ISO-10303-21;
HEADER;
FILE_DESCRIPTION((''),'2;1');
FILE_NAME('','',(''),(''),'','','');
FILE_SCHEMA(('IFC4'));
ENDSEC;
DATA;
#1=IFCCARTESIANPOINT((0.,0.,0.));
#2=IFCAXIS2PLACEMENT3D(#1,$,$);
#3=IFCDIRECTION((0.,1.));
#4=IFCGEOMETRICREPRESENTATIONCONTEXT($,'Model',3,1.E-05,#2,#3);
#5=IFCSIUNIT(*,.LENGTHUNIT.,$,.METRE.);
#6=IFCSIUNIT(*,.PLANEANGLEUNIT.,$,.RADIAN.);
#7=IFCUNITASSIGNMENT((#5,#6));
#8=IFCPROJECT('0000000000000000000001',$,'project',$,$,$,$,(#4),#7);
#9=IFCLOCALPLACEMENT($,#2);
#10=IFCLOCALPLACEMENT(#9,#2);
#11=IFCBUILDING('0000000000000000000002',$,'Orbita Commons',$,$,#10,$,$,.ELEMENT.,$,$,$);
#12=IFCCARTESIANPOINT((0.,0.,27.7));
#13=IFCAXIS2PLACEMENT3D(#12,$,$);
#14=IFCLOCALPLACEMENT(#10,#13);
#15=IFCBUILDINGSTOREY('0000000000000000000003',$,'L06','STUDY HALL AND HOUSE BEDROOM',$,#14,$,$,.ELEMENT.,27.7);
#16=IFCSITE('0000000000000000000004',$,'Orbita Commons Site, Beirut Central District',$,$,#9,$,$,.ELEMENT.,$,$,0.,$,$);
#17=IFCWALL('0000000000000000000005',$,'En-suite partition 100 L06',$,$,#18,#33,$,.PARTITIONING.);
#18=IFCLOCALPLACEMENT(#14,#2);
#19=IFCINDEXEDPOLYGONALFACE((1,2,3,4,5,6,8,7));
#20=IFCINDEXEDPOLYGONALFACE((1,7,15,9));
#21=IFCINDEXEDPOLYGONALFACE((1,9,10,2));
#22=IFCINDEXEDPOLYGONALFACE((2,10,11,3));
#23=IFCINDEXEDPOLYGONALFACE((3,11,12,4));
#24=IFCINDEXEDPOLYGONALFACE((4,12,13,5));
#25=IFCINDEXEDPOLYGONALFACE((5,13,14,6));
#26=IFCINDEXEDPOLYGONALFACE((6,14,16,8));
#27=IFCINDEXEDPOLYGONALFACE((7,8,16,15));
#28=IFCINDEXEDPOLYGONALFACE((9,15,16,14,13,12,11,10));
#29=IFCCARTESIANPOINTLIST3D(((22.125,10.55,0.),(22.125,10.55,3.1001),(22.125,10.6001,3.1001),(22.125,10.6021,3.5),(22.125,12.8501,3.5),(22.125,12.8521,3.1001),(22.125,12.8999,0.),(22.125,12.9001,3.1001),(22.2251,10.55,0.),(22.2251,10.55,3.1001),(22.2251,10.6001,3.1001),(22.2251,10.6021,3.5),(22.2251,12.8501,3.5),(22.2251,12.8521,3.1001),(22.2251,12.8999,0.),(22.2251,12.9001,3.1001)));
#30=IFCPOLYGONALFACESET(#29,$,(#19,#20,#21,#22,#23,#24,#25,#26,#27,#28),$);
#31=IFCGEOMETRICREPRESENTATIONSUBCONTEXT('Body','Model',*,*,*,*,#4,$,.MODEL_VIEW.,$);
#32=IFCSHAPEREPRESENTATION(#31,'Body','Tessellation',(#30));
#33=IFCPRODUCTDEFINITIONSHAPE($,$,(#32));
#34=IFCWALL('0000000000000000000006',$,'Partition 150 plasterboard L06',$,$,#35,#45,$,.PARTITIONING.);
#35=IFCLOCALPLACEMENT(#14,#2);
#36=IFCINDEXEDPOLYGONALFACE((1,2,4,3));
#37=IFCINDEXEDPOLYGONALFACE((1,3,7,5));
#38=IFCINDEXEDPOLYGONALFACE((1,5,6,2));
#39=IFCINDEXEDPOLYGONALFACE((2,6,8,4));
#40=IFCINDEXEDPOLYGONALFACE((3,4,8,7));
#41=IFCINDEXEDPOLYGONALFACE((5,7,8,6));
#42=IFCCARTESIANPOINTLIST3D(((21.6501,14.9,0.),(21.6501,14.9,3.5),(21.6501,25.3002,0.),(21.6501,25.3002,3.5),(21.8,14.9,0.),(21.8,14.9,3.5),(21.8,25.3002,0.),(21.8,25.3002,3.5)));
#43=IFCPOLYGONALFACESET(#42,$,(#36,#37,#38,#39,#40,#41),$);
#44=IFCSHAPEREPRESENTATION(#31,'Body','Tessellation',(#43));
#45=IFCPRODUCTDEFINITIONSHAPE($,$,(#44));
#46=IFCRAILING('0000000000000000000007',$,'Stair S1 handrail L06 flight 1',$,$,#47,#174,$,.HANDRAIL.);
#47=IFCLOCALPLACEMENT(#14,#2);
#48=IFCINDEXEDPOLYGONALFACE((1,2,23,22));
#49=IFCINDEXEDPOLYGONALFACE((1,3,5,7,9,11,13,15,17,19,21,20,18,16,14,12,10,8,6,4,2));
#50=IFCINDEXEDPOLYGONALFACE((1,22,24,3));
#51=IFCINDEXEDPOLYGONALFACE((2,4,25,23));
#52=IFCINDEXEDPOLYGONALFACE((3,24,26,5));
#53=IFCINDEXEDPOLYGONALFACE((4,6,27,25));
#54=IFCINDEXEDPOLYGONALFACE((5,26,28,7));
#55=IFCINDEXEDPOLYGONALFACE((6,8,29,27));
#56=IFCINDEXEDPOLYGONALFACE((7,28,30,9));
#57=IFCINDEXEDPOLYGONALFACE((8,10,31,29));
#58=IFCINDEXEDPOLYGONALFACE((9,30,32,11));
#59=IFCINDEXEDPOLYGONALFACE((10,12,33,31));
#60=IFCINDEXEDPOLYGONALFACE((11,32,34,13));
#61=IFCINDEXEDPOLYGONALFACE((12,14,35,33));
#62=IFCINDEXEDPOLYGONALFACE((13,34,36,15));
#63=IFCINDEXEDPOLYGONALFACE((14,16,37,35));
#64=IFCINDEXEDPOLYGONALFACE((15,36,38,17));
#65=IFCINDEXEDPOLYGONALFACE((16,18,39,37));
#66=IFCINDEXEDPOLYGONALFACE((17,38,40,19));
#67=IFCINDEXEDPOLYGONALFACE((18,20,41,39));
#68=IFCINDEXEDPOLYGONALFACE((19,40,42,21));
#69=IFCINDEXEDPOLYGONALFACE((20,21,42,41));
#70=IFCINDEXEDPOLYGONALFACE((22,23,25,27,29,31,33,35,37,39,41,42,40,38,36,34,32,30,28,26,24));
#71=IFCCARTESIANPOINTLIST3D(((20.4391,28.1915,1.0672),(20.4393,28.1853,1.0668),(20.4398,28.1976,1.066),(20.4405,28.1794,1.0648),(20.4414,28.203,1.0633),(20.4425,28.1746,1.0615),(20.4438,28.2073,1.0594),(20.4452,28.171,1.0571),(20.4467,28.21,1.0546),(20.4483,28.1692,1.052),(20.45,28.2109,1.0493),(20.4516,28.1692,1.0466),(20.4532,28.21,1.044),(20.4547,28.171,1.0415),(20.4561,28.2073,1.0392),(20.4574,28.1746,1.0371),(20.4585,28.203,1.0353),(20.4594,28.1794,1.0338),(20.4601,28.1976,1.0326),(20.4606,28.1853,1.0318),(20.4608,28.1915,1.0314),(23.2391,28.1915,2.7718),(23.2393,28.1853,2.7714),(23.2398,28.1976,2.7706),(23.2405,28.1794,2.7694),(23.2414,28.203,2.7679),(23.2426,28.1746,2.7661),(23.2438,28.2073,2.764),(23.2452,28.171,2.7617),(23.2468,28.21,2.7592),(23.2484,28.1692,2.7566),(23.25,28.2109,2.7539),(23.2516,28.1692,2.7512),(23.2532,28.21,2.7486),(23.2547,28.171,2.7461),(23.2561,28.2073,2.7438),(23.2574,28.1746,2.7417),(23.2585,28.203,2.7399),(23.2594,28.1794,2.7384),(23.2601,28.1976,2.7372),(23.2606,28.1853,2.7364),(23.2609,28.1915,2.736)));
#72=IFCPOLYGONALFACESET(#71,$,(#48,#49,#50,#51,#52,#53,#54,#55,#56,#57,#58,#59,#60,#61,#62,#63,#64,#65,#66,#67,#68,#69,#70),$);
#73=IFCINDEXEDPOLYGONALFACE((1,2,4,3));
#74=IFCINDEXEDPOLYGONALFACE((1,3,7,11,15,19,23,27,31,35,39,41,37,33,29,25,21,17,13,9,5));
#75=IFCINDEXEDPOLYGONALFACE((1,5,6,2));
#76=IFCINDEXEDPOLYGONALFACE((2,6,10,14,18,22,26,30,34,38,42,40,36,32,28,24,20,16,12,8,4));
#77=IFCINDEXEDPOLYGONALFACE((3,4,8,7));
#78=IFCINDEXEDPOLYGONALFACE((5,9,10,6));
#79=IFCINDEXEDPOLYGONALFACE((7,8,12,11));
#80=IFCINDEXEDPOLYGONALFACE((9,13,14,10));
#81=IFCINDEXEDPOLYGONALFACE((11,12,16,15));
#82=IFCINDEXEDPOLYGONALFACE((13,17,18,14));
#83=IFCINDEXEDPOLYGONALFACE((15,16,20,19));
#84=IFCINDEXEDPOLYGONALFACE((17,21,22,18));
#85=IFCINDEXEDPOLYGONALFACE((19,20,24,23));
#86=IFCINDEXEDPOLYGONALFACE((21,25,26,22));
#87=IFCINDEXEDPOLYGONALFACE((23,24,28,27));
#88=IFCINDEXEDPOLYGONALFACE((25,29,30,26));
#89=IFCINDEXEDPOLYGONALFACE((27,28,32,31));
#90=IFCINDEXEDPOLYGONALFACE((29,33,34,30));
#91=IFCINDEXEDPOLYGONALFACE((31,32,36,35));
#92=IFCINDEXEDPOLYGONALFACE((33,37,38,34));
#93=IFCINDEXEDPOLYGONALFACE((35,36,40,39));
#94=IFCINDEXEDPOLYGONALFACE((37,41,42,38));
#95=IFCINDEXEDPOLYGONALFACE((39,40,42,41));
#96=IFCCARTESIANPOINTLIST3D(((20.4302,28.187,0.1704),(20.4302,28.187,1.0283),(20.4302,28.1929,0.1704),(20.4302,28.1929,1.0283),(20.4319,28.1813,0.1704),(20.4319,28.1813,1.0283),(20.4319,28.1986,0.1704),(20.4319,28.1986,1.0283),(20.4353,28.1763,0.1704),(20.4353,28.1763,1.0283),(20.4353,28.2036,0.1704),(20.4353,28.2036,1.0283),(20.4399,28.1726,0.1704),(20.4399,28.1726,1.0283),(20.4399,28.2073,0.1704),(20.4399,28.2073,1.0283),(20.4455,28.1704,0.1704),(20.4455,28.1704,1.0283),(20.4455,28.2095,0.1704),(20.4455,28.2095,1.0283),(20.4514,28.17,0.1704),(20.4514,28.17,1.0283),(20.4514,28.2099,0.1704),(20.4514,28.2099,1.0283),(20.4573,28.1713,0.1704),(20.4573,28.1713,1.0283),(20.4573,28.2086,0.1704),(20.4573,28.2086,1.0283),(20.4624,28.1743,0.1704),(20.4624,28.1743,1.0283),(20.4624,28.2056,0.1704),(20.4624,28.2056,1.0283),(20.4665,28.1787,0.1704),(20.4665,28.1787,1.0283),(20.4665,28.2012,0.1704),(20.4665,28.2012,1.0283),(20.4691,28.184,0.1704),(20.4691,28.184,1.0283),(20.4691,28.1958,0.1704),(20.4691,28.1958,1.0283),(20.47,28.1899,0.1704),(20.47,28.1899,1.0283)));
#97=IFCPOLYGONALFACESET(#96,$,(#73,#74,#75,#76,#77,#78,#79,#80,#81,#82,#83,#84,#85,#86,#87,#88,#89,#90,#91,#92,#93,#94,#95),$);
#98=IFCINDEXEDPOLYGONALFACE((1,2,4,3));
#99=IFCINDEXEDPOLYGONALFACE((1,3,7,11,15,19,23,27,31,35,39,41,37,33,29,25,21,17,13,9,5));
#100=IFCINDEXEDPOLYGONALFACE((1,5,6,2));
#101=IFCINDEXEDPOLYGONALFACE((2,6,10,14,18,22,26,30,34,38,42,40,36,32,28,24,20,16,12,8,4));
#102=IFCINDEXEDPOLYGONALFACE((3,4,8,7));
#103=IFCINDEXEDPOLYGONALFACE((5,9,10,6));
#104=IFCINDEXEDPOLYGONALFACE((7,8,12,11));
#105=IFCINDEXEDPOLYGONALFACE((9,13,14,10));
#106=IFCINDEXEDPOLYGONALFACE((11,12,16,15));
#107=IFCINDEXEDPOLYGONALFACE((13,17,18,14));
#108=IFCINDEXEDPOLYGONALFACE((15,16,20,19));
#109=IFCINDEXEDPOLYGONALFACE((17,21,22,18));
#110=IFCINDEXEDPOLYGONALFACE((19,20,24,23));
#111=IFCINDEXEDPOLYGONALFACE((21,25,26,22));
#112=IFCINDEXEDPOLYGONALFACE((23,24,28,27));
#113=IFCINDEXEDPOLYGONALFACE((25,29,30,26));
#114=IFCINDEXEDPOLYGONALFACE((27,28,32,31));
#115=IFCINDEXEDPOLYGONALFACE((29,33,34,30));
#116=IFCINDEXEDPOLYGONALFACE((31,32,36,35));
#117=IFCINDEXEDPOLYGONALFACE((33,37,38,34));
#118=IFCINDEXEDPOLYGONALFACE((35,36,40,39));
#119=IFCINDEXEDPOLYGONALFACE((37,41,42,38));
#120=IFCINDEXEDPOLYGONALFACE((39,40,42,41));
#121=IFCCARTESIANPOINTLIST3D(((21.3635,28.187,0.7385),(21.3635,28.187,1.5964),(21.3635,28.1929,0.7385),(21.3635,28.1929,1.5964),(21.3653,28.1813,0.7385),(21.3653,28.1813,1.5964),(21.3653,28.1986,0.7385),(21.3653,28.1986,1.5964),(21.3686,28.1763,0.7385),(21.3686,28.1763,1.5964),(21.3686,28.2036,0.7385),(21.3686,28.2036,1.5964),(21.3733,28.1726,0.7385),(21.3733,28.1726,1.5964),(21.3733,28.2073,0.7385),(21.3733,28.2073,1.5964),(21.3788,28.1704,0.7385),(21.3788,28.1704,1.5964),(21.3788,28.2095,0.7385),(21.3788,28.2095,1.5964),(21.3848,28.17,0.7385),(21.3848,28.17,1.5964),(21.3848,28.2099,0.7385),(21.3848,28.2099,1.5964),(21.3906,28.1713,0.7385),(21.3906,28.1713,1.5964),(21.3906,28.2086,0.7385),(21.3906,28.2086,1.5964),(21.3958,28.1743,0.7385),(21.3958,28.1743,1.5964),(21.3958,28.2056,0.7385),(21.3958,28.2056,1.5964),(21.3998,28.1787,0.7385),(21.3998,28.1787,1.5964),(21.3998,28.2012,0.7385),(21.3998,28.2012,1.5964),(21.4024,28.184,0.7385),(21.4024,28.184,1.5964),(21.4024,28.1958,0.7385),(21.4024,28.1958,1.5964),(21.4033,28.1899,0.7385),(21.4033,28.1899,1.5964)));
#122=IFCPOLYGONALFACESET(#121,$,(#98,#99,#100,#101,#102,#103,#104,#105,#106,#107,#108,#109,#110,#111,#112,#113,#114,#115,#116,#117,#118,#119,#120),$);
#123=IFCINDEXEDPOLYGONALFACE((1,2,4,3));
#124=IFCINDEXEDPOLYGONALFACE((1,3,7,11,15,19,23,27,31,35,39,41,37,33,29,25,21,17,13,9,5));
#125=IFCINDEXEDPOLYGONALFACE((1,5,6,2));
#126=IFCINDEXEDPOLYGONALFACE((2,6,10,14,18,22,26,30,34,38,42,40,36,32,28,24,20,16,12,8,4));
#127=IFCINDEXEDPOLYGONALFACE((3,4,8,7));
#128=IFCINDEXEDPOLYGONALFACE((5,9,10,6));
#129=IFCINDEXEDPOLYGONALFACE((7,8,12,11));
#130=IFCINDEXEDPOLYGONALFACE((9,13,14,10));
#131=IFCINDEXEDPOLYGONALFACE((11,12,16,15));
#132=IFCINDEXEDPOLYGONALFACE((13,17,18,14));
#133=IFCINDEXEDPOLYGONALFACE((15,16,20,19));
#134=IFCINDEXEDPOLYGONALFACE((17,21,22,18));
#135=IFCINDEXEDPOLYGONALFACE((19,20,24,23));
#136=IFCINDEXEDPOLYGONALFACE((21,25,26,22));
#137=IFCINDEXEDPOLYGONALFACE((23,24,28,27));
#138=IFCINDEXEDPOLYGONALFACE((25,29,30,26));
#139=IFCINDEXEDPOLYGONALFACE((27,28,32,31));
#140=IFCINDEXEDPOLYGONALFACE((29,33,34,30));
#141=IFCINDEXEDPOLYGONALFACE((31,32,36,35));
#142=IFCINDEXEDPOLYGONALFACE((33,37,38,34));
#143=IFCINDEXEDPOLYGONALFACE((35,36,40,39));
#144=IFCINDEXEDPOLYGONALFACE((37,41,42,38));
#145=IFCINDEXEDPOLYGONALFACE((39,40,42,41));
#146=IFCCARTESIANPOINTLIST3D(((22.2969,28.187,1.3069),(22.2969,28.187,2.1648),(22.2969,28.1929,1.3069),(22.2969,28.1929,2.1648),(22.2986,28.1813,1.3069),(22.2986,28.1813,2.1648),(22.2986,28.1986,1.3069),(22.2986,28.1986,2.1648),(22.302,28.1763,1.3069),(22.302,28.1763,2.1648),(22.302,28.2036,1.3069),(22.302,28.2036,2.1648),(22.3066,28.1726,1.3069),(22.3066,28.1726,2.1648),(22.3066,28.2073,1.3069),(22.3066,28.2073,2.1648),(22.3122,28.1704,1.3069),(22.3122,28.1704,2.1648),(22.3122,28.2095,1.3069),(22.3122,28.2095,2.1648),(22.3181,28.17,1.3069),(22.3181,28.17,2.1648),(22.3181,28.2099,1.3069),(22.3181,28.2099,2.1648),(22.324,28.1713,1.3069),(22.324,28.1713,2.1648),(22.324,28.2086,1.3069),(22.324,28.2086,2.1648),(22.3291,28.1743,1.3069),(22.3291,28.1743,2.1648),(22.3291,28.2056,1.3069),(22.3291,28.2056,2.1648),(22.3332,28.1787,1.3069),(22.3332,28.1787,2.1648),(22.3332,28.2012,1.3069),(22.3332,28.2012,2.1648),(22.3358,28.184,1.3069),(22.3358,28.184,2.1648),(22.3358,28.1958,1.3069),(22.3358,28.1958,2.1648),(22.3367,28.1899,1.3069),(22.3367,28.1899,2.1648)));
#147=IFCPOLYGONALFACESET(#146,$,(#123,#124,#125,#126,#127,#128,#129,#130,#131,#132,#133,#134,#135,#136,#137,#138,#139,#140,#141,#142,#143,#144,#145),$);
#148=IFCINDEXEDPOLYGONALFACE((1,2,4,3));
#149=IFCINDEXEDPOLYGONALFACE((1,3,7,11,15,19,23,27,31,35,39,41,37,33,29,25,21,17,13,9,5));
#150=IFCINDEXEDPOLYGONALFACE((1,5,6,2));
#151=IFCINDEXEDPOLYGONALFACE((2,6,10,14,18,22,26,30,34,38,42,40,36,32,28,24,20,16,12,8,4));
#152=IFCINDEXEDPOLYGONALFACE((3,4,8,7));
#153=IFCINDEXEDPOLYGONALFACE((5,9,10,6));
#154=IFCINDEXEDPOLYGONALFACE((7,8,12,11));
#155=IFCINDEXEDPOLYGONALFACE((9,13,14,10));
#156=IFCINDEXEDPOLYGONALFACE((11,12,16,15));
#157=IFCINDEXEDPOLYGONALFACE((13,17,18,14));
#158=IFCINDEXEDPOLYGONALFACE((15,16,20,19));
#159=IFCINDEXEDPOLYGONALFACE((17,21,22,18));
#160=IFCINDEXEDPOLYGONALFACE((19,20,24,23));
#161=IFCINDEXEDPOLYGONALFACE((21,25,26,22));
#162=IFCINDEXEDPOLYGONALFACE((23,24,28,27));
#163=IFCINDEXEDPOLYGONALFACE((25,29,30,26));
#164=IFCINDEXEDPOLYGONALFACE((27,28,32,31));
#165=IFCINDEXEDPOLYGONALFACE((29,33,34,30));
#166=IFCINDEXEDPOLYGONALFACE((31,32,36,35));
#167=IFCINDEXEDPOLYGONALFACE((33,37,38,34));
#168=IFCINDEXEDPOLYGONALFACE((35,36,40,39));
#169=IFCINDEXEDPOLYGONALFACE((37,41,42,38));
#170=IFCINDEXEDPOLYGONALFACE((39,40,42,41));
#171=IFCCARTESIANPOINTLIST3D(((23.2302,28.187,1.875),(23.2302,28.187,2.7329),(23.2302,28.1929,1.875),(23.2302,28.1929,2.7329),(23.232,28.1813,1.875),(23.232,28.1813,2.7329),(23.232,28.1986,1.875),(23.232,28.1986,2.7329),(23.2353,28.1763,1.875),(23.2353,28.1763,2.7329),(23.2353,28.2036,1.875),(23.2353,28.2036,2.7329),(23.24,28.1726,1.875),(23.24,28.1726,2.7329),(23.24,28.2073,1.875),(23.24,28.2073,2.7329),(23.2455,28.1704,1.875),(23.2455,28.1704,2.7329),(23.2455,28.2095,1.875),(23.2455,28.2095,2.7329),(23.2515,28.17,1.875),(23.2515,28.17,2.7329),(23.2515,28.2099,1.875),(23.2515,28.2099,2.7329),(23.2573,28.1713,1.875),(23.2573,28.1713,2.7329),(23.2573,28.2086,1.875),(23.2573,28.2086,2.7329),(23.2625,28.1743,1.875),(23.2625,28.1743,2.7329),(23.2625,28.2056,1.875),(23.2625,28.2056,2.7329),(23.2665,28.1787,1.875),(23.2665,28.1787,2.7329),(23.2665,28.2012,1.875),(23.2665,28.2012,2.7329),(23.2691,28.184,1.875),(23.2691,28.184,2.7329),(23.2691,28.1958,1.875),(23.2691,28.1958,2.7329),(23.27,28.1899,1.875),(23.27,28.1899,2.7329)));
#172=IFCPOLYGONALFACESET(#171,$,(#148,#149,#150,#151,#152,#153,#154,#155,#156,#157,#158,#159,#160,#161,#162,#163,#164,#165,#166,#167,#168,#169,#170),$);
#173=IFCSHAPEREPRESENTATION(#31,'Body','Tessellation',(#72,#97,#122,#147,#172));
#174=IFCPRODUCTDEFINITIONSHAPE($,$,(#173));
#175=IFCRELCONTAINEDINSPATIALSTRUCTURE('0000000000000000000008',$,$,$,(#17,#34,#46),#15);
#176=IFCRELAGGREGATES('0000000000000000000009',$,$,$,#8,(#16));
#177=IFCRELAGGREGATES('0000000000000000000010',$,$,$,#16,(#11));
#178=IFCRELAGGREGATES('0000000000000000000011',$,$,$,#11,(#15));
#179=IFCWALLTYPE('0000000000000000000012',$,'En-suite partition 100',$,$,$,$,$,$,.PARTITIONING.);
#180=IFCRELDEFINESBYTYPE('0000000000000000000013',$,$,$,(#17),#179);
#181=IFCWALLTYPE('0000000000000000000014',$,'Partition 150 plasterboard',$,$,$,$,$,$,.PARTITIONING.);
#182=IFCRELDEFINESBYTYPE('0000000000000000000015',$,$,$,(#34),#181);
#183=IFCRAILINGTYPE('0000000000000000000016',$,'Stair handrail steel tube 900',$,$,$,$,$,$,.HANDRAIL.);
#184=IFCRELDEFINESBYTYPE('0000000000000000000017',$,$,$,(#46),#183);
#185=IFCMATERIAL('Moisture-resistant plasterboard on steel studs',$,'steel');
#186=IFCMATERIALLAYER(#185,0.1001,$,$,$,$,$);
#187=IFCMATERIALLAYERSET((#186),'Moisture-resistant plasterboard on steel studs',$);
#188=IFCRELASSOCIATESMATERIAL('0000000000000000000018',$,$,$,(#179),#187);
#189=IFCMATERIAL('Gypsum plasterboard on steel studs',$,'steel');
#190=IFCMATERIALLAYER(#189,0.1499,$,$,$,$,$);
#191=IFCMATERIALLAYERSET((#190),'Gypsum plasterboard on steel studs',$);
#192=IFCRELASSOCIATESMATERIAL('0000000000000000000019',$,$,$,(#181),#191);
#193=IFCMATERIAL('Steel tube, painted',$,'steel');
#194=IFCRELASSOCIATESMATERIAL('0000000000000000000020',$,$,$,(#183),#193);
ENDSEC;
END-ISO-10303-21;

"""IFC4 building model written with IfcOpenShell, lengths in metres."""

from ifc_helpers import new_model, si_unit, direction, frame, frame_2d, origin, origin_2d, place, context, subcontext, project, spatial, polyline, rectangle, circle, outline, extrude, material, layer, layer_set, type_object, element, save


model = new_model("IFC4")

# Units and contexts
model_context = context("Model", 3, precision=1e-05, world=origin(), true_north=direction((0.0, 1.0)))
body_context = subcontext(model_context, "Body", "Model", "MODEL_VIEW")
ifc_project = project(units=[si_unit("LENGTHUNIT", "METRE"), si_unit("PLANEANGLEUNIT", "RADIAN")], contexts=[model_context])

# Site, building, storey
site_placement = place(None, origin())
site = spatial("IfcSite", under=ifc_project, at=site_placement, Name="Orbita Commons Site, Beirut Central District", CompositionType="ELEMENT", RefElevation=0.0)
building_placement = place(site_placement, origin())
building = spatial("IfcBuilding", under=site, at=building_placement, Name="Orbita Commons", CompositionType="ELEMENT")
storey_placement = place(building_placement, frame((0.0, 0.0, 27.7)))
storey = spatial("IfcBuildingStorey", under=building, at=storey_placement, Name="L06", Description="STUDY HALL AND HOUSE BEDROOM", CompositionType="ELEMENT", Elevation=27.7)

# Shared definitions
ifc_material_1 = material(Name="Moisture-resistant plasterboard on steel studs", Category="steel")
ifc_layer_1 = layer(ifc_material_1, 0.1001)
ifc_layer_set_1 = layer_set([ifc_layer_1], Name="Moisture-resistant plasterboard on steel studs")
wall_type_1 = type_object("IfcWallType", Name="En-suite partition 100", PredefinedType="PARTITIONING", material=ifc_layer_set_1)

# Walls
for number, where, z_axis, x_axis, name in (
    (1, (22.175, 10.55, 0.0), (0.0, 0.0, 1.0), (0.0, 1.0, 0.0), "En-suite partition 100 L06"),
):
    element("IfcWall", number, at=place(storey_placement, frame(where, z_axis=z_axis, x_axis=x_axis)), inside=storey, type_object=wall_type_1, Name=name, PredefinedType="PARTITIONING", context=body_context, shape_type="SweptSolid", body=[
        extrude(outline(polyline([(0.0, 0.0), (2.3499, 0.0), (2.3501, 3.1001), (2.302, 3.1001), (2.3, 3.5), (0.052, 3.5), (0.05, 3.1001), (0.0, 3.1001), (0.0, 0.0)])), frame((0.0, 0.05, 0.0), z_axis=(0.0, -1.0, 0.0), x_axis=(1.0, 0.0, 0.0)), (0.0, 0.0, 1.0), 0.1001),
    ])
ifc_material_2 = material(Name="Gypsum plasterboard on steel studs", Category="steel")
ifc_layer_2 = layer(ifc_material_2, 0.1499)
ifc_layer_set_2 = layer_set([ifc_layer_2], Name="Gypsum plasterboard on steel studs")
wall_type_2 = type_object("IfcWallType", Name="Partition 150 plasterboard", PredefinedType="PARTITIONING", material=ifc_layer_set_2)
wall_1_placement = place(storey_placement, frame((21.7251, 14.8999, 0.0), z_axis=(0.0, 0.0, 1.0), x_axis=(0.0, 1.0, 0.0)))
element("IfcWall", 2, at=wall_1_placement, inside=storey, type_object=wall_type_2, Name="Partition 150 plasterboard L06", PredefinedType="PARTITIONING", context=body_context, shape_type="SweptSolid", body=[
    extrude(rectangle(XDim=10.4001, YDim=0.1499, at=frame_2d((5.2002, 0.0))), origin(), (0.0, 0.0, 1.0), 3.5),
])

# Railing
ifc_material_3 = material(Name="Steel tube, painted", Category="steel")
railing_type = type_object("IfcRailingType", Name="Stair handrail steel tube 900", PredefinedType="HANDRAIL", material=ifc_material_3)
for number, where, name in (
    (3, (20.45, 28.1899, 0.1704), "Stair S1 handrail L06 flight 1"),
):
    element("IfcRailing", number, at=place(storey_placement, frame(where)), inside=storey, type_object=railing_type, Name=name, PredefinedType="HANDRAIL", context=body_context, shape_type="SweptSolid", body=[
        extrude(circle(Radius=0.021, at=origin_2d()), frame((0.0, 0.0, 0.8789), z_axis=(0.85417, 0.0, 0.519994), x_axis=(0.0, 1.0, 0.0)), (0.0, 0.0, 1.0), 3.2781),
        extrude(circle(Radius=0.02, at=origin_2d()), origin(), (0.0, 0.0, 1.0), 0.8579),
        extrude(circle(Radius=0.02, at=origin_2d()), frame((0.9333, 0.0, 0.5681)), (0.0, 0.0, 1.0), 0.8579),
        extrude(circle(Radius=0.02, at=origin_2d()), frame((1.8667, 0.0, 1.1365)), (0.0, 0.0, 1.0), 0.8579),
        extrude(circle(Radius=0.02, at=origin_2d()), frame((2.8, 0.0, 1.7046)), (0.0, 0.0, 1.0), 0.8579),
    ])

save(model, "model.ifc")
